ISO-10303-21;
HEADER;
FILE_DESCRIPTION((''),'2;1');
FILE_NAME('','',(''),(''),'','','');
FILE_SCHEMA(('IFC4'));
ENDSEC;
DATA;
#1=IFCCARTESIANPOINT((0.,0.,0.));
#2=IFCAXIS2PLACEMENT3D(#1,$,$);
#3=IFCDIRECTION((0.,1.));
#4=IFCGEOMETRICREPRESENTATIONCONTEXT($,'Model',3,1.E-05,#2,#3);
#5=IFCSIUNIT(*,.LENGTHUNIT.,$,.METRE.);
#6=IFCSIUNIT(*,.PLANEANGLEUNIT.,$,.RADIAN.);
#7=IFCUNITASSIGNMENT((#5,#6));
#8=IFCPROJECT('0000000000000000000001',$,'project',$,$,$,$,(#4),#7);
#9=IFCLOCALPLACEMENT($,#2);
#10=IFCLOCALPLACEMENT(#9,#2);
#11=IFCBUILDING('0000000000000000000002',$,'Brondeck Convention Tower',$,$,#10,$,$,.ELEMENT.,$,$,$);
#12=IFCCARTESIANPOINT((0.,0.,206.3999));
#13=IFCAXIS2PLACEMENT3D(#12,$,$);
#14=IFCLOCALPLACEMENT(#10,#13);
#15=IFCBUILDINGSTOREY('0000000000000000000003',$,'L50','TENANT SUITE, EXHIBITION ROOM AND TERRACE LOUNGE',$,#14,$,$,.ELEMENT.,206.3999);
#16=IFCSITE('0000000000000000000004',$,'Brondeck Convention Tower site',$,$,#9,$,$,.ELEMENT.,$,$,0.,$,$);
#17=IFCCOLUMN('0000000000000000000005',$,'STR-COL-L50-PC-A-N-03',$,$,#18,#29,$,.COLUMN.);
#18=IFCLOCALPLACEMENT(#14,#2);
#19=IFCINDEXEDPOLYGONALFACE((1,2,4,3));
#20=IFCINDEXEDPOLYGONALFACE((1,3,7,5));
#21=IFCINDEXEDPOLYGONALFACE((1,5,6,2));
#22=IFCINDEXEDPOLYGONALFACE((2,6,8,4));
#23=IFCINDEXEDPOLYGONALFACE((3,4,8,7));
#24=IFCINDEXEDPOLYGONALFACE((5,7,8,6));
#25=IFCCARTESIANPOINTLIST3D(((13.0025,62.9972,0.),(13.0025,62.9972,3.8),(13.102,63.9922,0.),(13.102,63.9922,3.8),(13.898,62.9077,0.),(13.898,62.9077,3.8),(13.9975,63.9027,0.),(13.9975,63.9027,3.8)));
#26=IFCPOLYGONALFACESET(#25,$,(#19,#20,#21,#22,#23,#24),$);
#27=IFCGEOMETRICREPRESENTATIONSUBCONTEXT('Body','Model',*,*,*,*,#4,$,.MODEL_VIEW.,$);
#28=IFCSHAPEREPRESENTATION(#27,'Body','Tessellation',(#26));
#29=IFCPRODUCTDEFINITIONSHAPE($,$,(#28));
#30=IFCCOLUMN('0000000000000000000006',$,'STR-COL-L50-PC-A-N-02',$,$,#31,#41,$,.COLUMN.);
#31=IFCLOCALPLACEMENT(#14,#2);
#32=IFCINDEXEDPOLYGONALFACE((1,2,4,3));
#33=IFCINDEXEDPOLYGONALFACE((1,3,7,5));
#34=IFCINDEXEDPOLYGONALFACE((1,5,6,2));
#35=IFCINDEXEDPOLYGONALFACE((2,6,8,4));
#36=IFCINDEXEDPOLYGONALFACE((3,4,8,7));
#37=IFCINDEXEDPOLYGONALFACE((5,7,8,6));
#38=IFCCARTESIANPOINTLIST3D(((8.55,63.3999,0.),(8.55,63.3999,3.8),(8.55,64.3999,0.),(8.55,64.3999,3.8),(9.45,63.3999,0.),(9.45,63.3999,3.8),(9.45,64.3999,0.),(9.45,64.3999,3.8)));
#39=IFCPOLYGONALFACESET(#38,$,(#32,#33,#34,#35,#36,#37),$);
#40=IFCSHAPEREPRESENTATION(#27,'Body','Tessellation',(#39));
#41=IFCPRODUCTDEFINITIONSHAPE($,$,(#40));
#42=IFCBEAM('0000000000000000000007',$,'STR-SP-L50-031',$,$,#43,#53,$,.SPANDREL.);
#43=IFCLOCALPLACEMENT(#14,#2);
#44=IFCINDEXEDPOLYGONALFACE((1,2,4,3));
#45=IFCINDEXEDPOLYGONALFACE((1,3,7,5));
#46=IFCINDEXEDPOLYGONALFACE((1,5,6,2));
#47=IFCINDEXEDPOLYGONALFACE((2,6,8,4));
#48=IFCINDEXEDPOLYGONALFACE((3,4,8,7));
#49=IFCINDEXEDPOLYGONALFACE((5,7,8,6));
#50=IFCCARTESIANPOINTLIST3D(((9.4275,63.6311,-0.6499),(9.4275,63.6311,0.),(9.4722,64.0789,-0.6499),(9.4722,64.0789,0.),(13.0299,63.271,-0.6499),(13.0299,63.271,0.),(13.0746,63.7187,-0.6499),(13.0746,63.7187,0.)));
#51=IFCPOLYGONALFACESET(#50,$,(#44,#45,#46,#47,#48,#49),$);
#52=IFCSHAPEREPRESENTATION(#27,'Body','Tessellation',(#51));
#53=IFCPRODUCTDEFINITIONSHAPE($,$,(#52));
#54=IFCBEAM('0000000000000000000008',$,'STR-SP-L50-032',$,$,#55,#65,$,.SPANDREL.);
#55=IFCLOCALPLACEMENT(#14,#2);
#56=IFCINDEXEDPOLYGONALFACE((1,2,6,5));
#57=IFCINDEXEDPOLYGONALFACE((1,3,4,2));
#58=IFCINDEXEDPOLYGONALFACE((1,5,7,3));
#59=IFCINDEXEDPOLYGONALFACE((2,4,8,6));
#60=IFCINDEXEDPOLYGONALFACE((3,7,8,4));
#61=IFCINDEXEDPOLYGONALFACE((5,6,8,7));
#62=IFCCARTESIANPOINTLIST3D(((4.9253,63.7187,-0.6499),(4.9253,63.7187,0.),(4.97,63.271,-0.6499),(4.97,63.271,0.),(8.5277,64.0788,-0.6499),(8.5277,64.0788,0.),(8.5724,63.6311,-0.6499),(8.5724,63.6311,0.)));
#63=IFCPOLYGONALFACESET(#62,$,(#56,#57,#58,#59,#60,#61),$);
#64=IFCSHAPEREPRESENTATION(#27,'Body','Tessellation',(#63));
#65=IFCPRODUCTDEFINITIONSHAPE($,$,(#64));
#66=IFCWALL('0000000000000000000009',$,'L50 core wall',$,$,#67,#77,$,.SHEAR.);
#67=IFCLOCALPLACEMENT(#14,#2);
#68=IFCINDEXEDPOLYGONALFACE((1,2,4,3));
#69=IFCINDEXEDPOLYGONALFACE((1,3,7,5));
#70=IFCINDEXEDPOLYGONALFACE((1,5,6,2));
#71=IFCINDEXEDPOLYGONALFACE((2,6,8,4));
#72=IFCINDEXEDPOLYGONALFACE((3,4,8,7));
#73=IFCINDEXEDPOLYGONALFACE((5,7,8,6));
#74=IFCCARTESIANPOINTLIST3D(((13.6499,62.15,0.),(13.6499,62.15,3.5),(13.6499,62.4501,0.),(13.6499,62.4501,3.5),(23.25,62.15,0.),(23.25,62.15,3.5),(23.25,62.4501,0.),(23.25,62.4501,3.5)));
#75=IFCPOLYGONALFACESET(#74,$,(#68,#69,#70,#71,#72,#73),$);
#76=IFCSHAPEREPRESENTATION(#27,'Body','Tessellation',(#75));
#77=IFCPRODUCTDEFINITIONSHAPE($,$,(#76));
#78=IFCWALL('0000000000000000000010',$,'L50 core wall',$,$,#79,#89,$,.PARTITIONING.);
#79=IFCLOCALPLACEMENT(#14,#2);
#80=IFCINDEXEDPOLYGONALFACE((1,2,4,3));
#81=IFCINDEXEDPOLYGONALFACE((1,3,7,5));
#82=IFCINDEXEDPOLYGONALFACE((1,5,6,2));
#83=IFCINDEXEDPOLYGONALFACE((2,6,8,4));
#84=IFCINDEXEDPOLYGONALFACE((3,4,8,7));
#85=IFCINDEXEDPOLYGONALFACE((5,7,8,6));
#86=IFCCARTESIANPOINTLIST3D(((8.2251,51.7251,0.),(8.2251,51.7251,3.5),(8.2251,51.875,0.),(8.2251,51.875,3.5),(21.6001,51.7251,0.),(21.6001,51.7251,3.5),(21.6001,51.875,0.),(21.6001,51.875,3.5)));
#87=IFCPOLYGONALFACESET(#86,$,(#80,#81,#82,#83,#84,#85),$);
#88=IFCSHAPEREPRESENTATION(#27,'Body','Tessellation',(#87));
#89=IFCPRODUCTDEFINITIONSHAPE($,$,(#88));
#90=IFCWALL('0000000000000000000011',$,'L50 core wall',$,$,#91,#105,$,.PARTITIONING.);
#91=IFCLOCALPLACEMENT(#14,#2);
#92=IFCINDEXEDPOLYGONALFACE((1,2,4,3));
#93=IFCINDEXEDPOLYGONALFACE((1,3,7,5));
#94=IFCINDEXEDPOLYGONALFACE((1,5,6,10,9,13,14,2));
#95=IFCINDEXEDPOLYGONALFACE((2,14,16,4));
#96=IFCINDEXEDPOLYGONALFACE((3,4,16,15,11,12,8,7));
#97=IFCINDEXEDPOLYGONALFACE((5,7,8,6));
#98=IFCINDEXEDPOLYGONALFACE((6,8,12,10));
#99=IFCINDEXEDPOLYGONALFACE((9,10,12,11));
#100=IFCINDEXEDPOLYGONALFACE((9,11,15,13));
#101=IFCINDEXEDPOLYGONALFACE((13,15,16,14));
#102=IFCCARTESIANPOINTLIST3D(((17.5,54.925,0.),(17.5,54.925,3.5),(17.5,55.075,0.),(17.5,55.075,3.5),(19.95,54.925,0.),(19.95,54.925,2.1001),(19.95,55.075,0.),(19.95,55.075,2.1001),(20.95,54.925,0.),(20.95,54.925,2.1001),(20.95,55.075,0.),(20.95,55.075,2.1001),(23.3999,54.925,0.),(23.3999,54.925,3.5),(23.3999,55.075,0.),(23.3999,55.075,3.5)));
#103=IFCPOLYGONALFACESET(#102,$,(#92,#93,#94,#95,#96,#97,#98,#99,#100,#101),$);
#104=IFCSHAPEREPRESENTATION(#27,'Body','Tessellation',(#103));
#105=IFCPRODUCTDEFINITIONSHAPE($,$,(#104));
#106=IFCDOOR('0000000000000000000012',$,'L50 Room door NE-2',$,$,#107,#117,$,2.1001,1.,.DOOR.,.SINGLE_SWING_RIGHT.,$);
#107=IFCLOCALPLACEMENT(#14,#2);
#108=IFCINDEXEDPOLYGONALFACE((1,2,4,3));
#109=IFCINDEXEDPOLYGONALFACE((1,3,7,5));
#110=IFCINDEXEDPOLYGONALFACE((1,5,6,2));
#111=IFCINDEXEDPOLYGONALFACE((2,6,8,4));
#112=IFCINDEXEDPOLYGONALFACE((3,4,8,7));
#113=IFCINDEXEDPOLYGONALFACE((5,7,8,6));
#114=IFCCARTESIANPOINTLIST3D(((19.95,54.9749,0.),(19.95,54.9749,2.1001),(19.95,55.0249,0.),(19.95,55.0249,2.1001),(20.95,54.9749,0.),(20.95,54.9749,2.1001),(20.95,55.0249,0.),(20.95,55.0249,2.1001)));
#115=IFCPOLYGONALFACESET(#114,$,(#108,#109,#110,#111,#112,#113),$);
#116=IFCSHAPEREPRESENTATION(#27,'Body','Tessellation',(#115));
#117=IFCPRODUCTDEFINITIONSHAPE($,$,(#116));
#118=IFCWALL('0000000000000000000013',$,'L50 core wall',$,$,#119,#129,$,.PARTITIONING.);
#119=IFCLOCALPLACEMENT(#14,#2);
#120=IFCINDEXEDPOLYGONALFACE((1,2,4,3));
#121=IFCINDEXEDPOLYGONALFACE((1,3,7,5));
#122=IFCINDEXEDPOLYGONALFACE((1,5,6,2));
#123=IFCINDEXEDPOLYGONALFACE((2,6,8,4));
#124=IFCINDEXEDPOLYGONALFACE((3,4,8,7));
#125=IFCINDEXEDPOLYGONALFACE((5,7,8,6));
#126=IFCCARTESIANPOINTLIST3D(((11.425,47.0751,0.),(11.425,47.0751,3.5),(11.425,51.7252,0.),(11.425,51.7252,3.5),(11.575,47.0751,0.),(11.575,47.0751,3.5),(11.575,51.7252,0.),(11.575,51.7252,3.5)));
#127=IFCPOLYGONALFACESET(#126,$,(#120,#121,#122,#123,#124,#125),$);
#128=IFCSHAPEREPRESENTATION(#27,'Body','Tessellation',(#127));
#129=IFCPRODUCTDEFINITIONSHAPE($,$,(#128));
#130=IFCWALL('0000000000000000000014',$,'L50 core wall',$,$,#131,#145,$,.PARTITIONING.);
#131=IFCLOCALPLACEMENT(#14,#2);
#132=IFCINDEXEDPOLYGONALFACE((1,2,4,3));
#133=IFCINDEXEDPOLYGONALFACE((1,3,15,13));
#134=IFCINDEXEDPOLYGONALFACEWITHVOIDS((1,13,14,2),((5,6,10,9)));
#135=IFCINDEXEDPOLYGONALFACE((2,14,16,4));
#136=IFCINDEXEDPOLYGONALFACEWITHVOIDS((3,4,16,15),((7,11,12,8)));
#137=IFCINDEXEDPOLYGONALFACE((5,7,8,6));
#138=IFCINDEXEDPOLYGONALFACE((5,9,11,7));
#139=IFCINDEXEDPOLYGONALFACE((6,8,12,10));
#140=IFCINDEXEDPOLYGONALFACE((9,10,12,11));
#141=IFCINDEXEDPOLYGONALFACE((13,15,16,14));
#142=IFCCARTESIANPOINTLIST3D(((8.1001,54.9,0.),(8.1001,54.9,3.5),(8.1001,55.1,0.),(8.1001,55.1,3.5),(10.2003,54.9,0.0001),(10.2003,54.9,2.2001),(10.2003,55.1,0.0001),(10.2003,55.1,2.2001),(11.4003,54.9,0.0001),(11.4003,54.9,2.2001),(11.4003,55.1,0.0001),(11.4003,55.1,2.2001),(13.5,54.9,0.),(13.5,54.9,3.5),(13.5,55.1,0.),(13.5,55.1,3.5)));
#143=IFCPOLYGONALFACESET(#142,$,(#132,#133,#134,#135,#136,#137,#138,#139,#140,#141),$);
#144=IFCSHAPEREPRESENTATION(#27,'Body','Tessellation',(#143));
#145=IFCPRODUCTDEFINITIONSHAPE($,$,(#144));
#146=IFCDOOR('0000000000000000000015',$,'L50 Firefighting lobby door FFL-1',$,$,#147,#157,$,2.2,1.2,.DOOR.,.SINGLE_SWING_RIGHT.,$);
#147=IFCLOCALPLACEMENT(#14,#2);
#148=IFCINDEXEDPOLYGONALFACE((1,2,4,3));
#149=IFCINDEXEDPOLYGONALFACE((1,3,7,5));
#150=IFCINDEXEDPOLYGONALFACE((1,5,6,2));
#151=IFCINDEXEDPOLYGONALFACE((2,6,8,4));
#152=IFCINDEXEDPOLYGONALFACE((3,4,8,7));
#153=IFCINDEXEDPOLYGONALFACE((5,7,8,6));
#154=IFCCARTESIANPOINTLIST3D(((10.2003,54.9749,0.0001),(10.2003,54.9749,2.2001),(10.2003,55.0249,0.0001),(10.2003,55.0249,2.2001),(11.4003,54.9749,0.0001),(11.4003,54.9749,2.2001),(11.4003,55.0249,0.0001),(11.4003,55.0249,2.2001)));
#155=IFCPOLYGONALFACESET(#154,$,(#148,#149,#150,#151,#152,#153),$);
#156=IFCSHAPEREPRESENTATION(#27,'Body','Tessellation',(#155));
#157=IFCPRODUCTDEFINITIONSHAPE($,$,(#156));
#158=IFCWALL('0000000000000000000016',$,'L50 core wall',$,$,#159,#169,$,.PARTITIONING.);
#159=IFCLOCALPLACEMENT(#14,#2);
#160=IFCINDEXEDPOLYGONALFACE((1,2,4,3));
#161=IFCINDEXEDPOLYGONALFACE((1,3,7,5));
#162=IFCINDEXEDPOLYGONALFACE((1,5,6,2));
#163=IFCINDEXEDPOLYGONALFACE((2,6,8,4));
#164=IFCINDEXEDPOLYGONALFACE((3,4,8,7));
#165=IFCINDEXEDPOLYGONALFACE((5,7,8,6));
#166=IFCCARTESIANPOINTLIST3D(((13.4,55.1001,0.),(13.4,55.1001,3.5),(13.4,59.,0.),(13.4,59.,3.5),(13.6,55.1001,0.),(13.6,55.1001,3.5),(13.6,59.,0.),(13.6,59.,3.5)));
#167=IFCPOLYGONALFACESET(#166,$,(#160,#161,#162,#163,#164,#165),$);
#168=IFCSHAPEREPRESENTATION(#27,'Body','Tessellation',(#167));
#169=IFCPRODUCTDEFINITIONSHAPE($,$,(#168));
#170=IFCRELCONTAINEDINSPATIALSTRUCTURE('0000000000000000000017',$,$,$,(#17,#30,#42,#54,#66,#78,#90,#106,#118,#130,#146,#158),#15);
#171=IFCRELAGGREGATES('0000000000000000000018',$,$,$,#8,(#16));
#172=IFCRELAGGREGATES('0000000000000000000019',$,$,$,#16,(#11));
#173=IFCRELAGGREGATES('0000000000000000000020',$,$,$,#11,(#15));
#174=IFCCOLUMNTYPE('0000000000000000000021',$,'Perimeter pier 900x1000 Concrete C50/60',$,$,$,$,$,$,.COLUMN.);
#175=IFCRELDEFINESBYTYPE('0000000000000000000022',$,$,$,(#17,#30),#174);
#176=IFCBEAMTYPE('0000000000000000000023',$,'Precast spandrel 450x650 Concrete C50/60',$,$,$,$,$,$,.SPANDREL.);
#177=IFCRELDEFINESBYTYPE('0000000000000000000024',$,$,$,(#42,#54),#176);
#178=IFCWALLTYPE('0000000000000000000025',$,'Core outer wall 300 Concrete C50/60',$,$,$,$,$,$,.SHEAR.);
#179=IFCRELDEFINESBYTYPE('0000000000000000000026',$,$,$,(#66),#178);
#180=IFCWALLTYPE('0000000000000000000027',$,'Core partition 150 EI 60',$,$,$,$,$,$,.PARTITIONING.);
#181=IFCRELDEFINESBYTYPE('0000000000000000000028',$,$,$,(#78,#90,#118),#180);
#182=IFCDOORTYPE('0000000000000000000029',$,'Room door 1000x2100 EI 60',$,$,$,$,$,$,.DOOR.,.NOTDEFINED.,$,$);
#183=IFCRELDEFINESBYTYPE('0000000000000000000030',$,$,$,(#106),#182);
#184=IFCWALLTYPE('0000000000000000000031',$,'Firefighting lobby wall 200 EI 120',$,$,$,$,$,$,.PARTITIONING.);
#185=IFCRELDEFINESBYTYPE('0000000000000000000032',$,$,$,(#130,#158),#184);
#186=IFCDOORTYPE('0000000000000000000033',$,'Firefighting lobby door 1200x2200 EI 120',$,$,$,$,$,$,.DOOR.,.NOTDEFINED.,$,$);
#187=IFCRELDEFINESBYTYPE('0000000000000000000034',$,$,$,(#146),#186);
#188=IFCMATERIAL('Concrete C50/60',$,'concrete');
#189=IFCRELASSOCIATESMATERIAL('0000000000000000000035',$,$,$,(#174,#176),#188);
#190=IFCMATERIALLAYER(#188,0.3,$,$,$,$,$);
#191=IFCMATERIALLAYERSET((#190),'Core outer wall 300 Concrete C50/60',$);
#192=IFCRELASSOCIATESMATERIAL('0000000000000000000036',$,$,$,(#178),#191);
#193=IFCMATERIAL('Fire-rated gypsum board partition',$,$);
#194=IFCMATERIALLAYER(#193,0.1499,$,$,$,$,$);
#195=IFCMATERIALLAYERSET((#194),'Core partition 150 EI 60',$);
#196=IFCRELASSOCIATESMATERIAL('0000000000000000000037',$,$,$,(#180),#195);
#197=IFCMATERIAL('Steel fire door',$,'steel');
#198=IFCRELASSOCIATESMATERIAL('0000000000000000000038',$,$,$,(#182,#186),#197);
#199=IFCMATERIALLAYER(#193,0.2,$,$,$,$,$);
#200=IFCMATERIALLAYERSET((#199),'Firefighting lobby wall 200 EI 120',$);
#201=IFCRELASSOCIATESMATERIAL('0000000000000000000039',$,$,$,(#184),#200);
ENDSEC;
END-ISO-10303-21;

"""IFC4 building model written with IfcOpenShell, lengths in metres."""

from ifc_helpers import new_model, si_unit, direction, frame, frame_2d, origin, origin_2d, place, context, subcontext, project, spatial, rectangle, extrude, material, layer, layer_set, material_profile, profile_set, type_object, element, fill, save


model = new_model("IFC4")

# Units and contexts
model_context = context("Model", 3, precision=1e-05, world=origin(), true_north=direction((0.0, 1.0)))
body_context = subcontext(model_context, "Body", "Model", "MODEL_VIEW")
ifc_project = project(units=[si_unit("LENGTHUNIT", "METRE"), si_unit("PLANEANGLEUNIT", "RADIAN")], contexts=[model_context])

# Site, building, storey
site_placement = place(None, origin())
site = spatial("IfcSite", under=ifc_project, at=site_placement, Name="Brondeck Convention Tower site", CompositionType="ELEMENT", RefElevation=0.0)
building_placement = place(site_placement, origin())
building = spatial("IfcBuilding", under=site, at=building_placement, Name="Brondeck Convention Tower", CompositionType="ELEMENT")
storey_placement = place(building_placement, frame((0.0, 0.0, 206.3999)))
storey = spatial("IfcBuildingStorey", under=building, at=storey_placement, Name="L50", Description="TENANT SUITE, EXHIBITION ROOM AND TERRACE LOUNGE", CompositionType="ELEMENT", Elevation=206.3999)

# Columns
ifc_material_1 = material(Name="Concrete C50/60", Category="concrete")
ifc_material_profile_1 = material_profile(ifc_material_1, rectangle(XDim=0.8999, YDim=1.0, at=origin_2d()), Name="Perimeter pier 900x1000 Concrete C50/60")
ifc_profile_set_1 = profile_set([ifc_material_profile_1], Name="Concrete C50/60")
column_type = type_object("IfcColumnType", Name="Perimeter pier 900x1000 Concrete C50/60", PredefinedType="COLUMN", material=ifc_profile_set_1)
for number, where, z_axis, x_axis, name in (
    (1, (13.5, 63.45, 0.0), (0.0, 0.0, 1.0), (-0.995037, 0.099504, 0.0), "STR-COL-L50-PC-A-N-03"),
    (2, (9.0, 63.8999, 0.0), (0.0, 0.0, 1.0), (-1.0, 0.0, 0.0), "STR-COL-L50-PC-A-N-02"),
):
    element("IfcColumn", number, at=place(storey_placement, frame(where, z_axis=z_axis, x_axis=x_axis)), inside=storey, type_object=column_type, Name=name, PredefinedType="COLUMN", context=body_context, shape_type="SweptSolid", body=[
        extrude(rectangle(XDim=0.8999, YDim=1.0, at=origin_2d()), origin(), (0.0, 0.0, 1.0), 3.8),
    ])

# Beams
ifc_material_profile_2 = material_profile(ifc_material_1, rectangle(XDim=0.45, YDim=0.6499, at=origin_2d()), Name="Precast spandrel 450x650 Concrete C50/60")
ifc_profile_set_2 = profile_set([ifc_material_profile_2], Name="Concrete C50/60")
beam_type = type_object("IfcBeamType", Name="Precast spandrel 450x650 Concrete C50/60", PredefinedType="SPANDREL", material=ifc_profile_set_2)
for number, where, z_axis, x_axis, name in (
    (3, (13.0522, 63.4949, -0.325), (-0.995041, 0.09947, 0.0), (-0.09947, -0.995041, 0.0), "STR-SP-L50-031"),
    (4, (8.55, 63.855, -0.325), (-0.995041, -0.09947, 0.0), (0.09947, -0.995041, 0.0), "STR-SP-L50-032"),
):
    element("IfcBeam", number, at=place(storey_placement, frame(where, z_axis=z_axis, x_axis=x_axis)), inside=storey, type_object=beam_type, Name=name, PredefinedType="SPANDREL", context=body_context, shape_type="SweptSolid", body=[
        extrude(rectangle(XDim=0.45, YDim=0.6499, at=origin_2d()), origin(), (0.0, 0.0, 1.0), 3.6204),
    ])

# Walls
ifc_layer_1 = layer(ifc_material_1, 0.3)
ifc_layer_set_1 = layer_set([ifc_layer_1], Name="Core outer wall 300 Concrete C50/60")
wall_type_1 = type_object("IfcWallType", Name="Core outer wall 300 Concrete C50/60", PredefinedType="SHEAR", material=ifc_layer_set_1)
wall_1_placement = place(storey_placement, frame((13.6499, 62.3, 0.0), z_axis=(0.0, 0.0, 1.0), x_axis=(1.0, 0.0, 0.0)))
element("IfcWall", 5, at=wall_1_placement, inside=storey, type_object=wall_type_1, Name="L50 core wall", PredefinedType="SHEAR", context=body_context, shape_type="SweptSolid", body=[
    extrude(rectangle(XDim=9.6001, YDim=0.3, at=frame_2d((4.8, 0.0))), origin(), (0.0, 0.0, 1.0), 3.5),
])
ifc_material_2 = material(Name="Fire-rated gypsum board partition")
ifc_layer_2 = layer(ifc_material_2, 0.1499)
ifc_layer_set_2 = layer_set([ifc_layer_2], Name="Core partition 150 EI 60")
wall_type_2 = type_object("IfcWallType", Name="Core partition 150 EI 60", PredefinedType="PARTITIONING", material=ifc_layer_set_2)
wall_2_placement = place(storey_placement, frame((8.2251, 51.8, 0.0), z_axis=(0.0, 0.0, 1.0), x_axis=(1.0, 0.0, 0.0)))
element("IfcWall", 6, at=wall_2_placement, inside=storey, type_object=wall_type_2, Name="L50 core wall", PredefinedType="PARTITIONING", context=body_context, shape_type="SweptSolid", body=[
    extrude(rectangle(XDim=13.375, YDim=0.1499, at=frame_2d((6.6875, 0.0))), origin(), (0.0, 0.0, 1.0), 3.5),
])

# Wall, opening, door
wall_3_placement = place(storey_placement, frame((17.5, 55.0, 0.0), z_axis=(0.0, 0.0, 1.0), x_axis=(1.0, 0.0, 0.0)))
wall_3 = element("IfcWall", 7, at=wall_3_placement, inside=storey, type_object=wall_type_2, Name="L50 core wall", PredefinedType="PARTITIONING", context=body_context, shape_type="SweptSolid", body=[
    extrude(rectangle(XDim=5.8999, YDim=0.1499, at=frame_2d((2.95, 0.0))), origin(), (0.0, 0.0, 1.0), 3.5),
])
opening_1_placement = place(wall_3_placement, frame((2.45, 0.0, 0.0)))
opening_1 = element("IfcOpeningElement", 8, at=opening_1_placement, cuts=wall_3, PredefinedType="OPENING", context=body_context, shape_type="SweptSolid", body=[
    extrude(rectangle(XDim=1.0, YDim=2.1001, at=frame_2d((0.5, 1.05))), frame((0.0, 0.085, 0.0), z_axis=(0.0, -1.0, 0.0), x_axis=(1.0, 0.0, 0.0)), (0.0, 0.0, 1.0), 0.1699),
])
ifc_material_3 = material(Name="Steel fire door", Category="steel")
door_type_1 = type_object("IfcDoorType", Name="Room door 1000x2100 EI 60", OperationType="NOTDEFINED", PredefinedType="DOOR", material=ifc_material_3)
door_1_placement = place(opening_1_placement, origin())
door_1 = element("IfcDoor", 9, at=door_1_placement, inside=storey, type_object=door_type_1, Name="L50 Room door NE-2", OperationType="SINGLE_SWING_RIGHT", OverallHeight=2.1001, OverallWidth=1.0, PredefinedType="DOOR", context=body_context, shape_type="SweptSolid", body=[
    extrude(rectangle(XDim=1.0, YDim=2.1001, at=frame_2d((0.5, 1.05))), frame((0.0, 0.0249, 0.0), z_axis=(0.0, -1.0, 0.0), x_axis=(1.0, 0.0, 0.0)), (0.0, 0.0, 1.0), 0.05),
])
fill(opening_1, door_1)

# Wall
wall_4_placement = place(storey_placement, frame((11.5, 47.075, 0.0), z_axis=(0.0, 0.0, 1.0), x_axis=(0.0, 1.0, 0.0)))
element("IfcWall", 10, at=wall_4_placement, inside=storey, type_object=wall_type_2, Name="L50 core wall", PredefinedType="PARTITIONING", context=body_context, shape_type="SweptSolid", body=[
    extrude(rectangle(XDim=4.6501, YDim=0.1499, at=frame_2d((2.3252, 0.0))), origin(), (0.0, 0.0, 1.0), 3.5),
])

# Wall, opening, door
ifc_layer_3 = layer(ifc_material_2, 0.2)
ifc_layer_set_3 = layer_set([ifc_layer_3], Name="Firefighting lobby wall 200 EI 120")
wall_type_3 = type_object("IfcWallType", Name="Firefighting lobby wall 200 EI 120", PredefinedType="PARTITIONING", material=ifc_layer_set_3)
wall_5_placement = place(storey_placement, frame((8.1001, 55.0, 0.0), z_axis=(0.0, 0.0, 1.0), x_axis=(1.0, 0.0, 0.0)))
wall_5 = element("IfcWall", 11, at=wall_5_placement, inside=storey, type_object=wall_type_3, Name="L50 core wall", PredefinedType="PARTITIONING", context=body_context, shape_type="SweptSolid", body=[
    extrude(rectangle(XDim=5.3999, YDim=0.2, at=frame_2d((2.7, 0.0))), origin(), (0.0, 0.0, 1.0), 3.5),
])
opening_2_placement = place(wall_5_placement, frame((2.1001, 0.0, 0.0)))
opening_2 = element("IfcOpeningElement", 12, at=opening_2_placement, cuts=wall_5, PredefinedType="OPENING", context=body_context, shape_type="SweptSolid", body=[
    extrude(rectangle(XDim=1.2, YDim=2.2, at=frame_2d((0.6001, 1.1001))), frame((0.0, 0.1099, 0.0), z_axis=(0.0, -1.0, 0.0), x_axis=(1.0, 0.0, 0.0)), (0.0, 0.0, 1.0), 0.22),
])
door_type_2 = type_object("IfcDoorType", Name="Firefighting lobby door 1200x2200 EI 120", OperationType="NOTDEFINED", PredefinedType="DOOR", material=ifc_material_3)
door_2_placement = place(opening_2_placement, origin())
door_2 = element("IfcDoor", 13, at=door_2_placement, inside=storey, type_object=door_type_2, Name="L50 Firefighting lobby door FFL-1", OperationType="SINGLE_SWING_RIGHT", OverallHeight=2.2, OverallWidth=1.2, PredefinedType="DOOR", context=body_context, shape_type="SweptSolid", body=[
    extrude(rectangle(XDim=1.2, YDim=2.2, at=frame_2d((0.6001, 1.1001))), frame((0.0, 0.0249, 0.0), z_axis=(0.0, -1.0, 0.0), x_axis=(1.0, 0.0, 0.0)), (0.0, 0.0, 1.0), 0.05),
])
fill(opening_2, door_2)

# Wall
wall_6_placement = place(storey_placement, frame((13.5, 55.1001, 0.0), z_axis=(0.0, 0.0, 1.0), x_axis=(0.0, 1.0, 0.0)))
element("IfcWall", 14, at=wall_6_placement, inside=storey, type_object=wall_type_3, Name="L50 core wall", PredefinedType="PARTITIONING", context=body_context, shape_type="SweptSolid", body=[
    extrude(rectangle(XDim=3.8999, YDim=0.2, at=frame_2d((1.95, 0.0))), origin(), (0.0, 0.0, 1.0), 3.5),
])

save(model, "model.ifc")
